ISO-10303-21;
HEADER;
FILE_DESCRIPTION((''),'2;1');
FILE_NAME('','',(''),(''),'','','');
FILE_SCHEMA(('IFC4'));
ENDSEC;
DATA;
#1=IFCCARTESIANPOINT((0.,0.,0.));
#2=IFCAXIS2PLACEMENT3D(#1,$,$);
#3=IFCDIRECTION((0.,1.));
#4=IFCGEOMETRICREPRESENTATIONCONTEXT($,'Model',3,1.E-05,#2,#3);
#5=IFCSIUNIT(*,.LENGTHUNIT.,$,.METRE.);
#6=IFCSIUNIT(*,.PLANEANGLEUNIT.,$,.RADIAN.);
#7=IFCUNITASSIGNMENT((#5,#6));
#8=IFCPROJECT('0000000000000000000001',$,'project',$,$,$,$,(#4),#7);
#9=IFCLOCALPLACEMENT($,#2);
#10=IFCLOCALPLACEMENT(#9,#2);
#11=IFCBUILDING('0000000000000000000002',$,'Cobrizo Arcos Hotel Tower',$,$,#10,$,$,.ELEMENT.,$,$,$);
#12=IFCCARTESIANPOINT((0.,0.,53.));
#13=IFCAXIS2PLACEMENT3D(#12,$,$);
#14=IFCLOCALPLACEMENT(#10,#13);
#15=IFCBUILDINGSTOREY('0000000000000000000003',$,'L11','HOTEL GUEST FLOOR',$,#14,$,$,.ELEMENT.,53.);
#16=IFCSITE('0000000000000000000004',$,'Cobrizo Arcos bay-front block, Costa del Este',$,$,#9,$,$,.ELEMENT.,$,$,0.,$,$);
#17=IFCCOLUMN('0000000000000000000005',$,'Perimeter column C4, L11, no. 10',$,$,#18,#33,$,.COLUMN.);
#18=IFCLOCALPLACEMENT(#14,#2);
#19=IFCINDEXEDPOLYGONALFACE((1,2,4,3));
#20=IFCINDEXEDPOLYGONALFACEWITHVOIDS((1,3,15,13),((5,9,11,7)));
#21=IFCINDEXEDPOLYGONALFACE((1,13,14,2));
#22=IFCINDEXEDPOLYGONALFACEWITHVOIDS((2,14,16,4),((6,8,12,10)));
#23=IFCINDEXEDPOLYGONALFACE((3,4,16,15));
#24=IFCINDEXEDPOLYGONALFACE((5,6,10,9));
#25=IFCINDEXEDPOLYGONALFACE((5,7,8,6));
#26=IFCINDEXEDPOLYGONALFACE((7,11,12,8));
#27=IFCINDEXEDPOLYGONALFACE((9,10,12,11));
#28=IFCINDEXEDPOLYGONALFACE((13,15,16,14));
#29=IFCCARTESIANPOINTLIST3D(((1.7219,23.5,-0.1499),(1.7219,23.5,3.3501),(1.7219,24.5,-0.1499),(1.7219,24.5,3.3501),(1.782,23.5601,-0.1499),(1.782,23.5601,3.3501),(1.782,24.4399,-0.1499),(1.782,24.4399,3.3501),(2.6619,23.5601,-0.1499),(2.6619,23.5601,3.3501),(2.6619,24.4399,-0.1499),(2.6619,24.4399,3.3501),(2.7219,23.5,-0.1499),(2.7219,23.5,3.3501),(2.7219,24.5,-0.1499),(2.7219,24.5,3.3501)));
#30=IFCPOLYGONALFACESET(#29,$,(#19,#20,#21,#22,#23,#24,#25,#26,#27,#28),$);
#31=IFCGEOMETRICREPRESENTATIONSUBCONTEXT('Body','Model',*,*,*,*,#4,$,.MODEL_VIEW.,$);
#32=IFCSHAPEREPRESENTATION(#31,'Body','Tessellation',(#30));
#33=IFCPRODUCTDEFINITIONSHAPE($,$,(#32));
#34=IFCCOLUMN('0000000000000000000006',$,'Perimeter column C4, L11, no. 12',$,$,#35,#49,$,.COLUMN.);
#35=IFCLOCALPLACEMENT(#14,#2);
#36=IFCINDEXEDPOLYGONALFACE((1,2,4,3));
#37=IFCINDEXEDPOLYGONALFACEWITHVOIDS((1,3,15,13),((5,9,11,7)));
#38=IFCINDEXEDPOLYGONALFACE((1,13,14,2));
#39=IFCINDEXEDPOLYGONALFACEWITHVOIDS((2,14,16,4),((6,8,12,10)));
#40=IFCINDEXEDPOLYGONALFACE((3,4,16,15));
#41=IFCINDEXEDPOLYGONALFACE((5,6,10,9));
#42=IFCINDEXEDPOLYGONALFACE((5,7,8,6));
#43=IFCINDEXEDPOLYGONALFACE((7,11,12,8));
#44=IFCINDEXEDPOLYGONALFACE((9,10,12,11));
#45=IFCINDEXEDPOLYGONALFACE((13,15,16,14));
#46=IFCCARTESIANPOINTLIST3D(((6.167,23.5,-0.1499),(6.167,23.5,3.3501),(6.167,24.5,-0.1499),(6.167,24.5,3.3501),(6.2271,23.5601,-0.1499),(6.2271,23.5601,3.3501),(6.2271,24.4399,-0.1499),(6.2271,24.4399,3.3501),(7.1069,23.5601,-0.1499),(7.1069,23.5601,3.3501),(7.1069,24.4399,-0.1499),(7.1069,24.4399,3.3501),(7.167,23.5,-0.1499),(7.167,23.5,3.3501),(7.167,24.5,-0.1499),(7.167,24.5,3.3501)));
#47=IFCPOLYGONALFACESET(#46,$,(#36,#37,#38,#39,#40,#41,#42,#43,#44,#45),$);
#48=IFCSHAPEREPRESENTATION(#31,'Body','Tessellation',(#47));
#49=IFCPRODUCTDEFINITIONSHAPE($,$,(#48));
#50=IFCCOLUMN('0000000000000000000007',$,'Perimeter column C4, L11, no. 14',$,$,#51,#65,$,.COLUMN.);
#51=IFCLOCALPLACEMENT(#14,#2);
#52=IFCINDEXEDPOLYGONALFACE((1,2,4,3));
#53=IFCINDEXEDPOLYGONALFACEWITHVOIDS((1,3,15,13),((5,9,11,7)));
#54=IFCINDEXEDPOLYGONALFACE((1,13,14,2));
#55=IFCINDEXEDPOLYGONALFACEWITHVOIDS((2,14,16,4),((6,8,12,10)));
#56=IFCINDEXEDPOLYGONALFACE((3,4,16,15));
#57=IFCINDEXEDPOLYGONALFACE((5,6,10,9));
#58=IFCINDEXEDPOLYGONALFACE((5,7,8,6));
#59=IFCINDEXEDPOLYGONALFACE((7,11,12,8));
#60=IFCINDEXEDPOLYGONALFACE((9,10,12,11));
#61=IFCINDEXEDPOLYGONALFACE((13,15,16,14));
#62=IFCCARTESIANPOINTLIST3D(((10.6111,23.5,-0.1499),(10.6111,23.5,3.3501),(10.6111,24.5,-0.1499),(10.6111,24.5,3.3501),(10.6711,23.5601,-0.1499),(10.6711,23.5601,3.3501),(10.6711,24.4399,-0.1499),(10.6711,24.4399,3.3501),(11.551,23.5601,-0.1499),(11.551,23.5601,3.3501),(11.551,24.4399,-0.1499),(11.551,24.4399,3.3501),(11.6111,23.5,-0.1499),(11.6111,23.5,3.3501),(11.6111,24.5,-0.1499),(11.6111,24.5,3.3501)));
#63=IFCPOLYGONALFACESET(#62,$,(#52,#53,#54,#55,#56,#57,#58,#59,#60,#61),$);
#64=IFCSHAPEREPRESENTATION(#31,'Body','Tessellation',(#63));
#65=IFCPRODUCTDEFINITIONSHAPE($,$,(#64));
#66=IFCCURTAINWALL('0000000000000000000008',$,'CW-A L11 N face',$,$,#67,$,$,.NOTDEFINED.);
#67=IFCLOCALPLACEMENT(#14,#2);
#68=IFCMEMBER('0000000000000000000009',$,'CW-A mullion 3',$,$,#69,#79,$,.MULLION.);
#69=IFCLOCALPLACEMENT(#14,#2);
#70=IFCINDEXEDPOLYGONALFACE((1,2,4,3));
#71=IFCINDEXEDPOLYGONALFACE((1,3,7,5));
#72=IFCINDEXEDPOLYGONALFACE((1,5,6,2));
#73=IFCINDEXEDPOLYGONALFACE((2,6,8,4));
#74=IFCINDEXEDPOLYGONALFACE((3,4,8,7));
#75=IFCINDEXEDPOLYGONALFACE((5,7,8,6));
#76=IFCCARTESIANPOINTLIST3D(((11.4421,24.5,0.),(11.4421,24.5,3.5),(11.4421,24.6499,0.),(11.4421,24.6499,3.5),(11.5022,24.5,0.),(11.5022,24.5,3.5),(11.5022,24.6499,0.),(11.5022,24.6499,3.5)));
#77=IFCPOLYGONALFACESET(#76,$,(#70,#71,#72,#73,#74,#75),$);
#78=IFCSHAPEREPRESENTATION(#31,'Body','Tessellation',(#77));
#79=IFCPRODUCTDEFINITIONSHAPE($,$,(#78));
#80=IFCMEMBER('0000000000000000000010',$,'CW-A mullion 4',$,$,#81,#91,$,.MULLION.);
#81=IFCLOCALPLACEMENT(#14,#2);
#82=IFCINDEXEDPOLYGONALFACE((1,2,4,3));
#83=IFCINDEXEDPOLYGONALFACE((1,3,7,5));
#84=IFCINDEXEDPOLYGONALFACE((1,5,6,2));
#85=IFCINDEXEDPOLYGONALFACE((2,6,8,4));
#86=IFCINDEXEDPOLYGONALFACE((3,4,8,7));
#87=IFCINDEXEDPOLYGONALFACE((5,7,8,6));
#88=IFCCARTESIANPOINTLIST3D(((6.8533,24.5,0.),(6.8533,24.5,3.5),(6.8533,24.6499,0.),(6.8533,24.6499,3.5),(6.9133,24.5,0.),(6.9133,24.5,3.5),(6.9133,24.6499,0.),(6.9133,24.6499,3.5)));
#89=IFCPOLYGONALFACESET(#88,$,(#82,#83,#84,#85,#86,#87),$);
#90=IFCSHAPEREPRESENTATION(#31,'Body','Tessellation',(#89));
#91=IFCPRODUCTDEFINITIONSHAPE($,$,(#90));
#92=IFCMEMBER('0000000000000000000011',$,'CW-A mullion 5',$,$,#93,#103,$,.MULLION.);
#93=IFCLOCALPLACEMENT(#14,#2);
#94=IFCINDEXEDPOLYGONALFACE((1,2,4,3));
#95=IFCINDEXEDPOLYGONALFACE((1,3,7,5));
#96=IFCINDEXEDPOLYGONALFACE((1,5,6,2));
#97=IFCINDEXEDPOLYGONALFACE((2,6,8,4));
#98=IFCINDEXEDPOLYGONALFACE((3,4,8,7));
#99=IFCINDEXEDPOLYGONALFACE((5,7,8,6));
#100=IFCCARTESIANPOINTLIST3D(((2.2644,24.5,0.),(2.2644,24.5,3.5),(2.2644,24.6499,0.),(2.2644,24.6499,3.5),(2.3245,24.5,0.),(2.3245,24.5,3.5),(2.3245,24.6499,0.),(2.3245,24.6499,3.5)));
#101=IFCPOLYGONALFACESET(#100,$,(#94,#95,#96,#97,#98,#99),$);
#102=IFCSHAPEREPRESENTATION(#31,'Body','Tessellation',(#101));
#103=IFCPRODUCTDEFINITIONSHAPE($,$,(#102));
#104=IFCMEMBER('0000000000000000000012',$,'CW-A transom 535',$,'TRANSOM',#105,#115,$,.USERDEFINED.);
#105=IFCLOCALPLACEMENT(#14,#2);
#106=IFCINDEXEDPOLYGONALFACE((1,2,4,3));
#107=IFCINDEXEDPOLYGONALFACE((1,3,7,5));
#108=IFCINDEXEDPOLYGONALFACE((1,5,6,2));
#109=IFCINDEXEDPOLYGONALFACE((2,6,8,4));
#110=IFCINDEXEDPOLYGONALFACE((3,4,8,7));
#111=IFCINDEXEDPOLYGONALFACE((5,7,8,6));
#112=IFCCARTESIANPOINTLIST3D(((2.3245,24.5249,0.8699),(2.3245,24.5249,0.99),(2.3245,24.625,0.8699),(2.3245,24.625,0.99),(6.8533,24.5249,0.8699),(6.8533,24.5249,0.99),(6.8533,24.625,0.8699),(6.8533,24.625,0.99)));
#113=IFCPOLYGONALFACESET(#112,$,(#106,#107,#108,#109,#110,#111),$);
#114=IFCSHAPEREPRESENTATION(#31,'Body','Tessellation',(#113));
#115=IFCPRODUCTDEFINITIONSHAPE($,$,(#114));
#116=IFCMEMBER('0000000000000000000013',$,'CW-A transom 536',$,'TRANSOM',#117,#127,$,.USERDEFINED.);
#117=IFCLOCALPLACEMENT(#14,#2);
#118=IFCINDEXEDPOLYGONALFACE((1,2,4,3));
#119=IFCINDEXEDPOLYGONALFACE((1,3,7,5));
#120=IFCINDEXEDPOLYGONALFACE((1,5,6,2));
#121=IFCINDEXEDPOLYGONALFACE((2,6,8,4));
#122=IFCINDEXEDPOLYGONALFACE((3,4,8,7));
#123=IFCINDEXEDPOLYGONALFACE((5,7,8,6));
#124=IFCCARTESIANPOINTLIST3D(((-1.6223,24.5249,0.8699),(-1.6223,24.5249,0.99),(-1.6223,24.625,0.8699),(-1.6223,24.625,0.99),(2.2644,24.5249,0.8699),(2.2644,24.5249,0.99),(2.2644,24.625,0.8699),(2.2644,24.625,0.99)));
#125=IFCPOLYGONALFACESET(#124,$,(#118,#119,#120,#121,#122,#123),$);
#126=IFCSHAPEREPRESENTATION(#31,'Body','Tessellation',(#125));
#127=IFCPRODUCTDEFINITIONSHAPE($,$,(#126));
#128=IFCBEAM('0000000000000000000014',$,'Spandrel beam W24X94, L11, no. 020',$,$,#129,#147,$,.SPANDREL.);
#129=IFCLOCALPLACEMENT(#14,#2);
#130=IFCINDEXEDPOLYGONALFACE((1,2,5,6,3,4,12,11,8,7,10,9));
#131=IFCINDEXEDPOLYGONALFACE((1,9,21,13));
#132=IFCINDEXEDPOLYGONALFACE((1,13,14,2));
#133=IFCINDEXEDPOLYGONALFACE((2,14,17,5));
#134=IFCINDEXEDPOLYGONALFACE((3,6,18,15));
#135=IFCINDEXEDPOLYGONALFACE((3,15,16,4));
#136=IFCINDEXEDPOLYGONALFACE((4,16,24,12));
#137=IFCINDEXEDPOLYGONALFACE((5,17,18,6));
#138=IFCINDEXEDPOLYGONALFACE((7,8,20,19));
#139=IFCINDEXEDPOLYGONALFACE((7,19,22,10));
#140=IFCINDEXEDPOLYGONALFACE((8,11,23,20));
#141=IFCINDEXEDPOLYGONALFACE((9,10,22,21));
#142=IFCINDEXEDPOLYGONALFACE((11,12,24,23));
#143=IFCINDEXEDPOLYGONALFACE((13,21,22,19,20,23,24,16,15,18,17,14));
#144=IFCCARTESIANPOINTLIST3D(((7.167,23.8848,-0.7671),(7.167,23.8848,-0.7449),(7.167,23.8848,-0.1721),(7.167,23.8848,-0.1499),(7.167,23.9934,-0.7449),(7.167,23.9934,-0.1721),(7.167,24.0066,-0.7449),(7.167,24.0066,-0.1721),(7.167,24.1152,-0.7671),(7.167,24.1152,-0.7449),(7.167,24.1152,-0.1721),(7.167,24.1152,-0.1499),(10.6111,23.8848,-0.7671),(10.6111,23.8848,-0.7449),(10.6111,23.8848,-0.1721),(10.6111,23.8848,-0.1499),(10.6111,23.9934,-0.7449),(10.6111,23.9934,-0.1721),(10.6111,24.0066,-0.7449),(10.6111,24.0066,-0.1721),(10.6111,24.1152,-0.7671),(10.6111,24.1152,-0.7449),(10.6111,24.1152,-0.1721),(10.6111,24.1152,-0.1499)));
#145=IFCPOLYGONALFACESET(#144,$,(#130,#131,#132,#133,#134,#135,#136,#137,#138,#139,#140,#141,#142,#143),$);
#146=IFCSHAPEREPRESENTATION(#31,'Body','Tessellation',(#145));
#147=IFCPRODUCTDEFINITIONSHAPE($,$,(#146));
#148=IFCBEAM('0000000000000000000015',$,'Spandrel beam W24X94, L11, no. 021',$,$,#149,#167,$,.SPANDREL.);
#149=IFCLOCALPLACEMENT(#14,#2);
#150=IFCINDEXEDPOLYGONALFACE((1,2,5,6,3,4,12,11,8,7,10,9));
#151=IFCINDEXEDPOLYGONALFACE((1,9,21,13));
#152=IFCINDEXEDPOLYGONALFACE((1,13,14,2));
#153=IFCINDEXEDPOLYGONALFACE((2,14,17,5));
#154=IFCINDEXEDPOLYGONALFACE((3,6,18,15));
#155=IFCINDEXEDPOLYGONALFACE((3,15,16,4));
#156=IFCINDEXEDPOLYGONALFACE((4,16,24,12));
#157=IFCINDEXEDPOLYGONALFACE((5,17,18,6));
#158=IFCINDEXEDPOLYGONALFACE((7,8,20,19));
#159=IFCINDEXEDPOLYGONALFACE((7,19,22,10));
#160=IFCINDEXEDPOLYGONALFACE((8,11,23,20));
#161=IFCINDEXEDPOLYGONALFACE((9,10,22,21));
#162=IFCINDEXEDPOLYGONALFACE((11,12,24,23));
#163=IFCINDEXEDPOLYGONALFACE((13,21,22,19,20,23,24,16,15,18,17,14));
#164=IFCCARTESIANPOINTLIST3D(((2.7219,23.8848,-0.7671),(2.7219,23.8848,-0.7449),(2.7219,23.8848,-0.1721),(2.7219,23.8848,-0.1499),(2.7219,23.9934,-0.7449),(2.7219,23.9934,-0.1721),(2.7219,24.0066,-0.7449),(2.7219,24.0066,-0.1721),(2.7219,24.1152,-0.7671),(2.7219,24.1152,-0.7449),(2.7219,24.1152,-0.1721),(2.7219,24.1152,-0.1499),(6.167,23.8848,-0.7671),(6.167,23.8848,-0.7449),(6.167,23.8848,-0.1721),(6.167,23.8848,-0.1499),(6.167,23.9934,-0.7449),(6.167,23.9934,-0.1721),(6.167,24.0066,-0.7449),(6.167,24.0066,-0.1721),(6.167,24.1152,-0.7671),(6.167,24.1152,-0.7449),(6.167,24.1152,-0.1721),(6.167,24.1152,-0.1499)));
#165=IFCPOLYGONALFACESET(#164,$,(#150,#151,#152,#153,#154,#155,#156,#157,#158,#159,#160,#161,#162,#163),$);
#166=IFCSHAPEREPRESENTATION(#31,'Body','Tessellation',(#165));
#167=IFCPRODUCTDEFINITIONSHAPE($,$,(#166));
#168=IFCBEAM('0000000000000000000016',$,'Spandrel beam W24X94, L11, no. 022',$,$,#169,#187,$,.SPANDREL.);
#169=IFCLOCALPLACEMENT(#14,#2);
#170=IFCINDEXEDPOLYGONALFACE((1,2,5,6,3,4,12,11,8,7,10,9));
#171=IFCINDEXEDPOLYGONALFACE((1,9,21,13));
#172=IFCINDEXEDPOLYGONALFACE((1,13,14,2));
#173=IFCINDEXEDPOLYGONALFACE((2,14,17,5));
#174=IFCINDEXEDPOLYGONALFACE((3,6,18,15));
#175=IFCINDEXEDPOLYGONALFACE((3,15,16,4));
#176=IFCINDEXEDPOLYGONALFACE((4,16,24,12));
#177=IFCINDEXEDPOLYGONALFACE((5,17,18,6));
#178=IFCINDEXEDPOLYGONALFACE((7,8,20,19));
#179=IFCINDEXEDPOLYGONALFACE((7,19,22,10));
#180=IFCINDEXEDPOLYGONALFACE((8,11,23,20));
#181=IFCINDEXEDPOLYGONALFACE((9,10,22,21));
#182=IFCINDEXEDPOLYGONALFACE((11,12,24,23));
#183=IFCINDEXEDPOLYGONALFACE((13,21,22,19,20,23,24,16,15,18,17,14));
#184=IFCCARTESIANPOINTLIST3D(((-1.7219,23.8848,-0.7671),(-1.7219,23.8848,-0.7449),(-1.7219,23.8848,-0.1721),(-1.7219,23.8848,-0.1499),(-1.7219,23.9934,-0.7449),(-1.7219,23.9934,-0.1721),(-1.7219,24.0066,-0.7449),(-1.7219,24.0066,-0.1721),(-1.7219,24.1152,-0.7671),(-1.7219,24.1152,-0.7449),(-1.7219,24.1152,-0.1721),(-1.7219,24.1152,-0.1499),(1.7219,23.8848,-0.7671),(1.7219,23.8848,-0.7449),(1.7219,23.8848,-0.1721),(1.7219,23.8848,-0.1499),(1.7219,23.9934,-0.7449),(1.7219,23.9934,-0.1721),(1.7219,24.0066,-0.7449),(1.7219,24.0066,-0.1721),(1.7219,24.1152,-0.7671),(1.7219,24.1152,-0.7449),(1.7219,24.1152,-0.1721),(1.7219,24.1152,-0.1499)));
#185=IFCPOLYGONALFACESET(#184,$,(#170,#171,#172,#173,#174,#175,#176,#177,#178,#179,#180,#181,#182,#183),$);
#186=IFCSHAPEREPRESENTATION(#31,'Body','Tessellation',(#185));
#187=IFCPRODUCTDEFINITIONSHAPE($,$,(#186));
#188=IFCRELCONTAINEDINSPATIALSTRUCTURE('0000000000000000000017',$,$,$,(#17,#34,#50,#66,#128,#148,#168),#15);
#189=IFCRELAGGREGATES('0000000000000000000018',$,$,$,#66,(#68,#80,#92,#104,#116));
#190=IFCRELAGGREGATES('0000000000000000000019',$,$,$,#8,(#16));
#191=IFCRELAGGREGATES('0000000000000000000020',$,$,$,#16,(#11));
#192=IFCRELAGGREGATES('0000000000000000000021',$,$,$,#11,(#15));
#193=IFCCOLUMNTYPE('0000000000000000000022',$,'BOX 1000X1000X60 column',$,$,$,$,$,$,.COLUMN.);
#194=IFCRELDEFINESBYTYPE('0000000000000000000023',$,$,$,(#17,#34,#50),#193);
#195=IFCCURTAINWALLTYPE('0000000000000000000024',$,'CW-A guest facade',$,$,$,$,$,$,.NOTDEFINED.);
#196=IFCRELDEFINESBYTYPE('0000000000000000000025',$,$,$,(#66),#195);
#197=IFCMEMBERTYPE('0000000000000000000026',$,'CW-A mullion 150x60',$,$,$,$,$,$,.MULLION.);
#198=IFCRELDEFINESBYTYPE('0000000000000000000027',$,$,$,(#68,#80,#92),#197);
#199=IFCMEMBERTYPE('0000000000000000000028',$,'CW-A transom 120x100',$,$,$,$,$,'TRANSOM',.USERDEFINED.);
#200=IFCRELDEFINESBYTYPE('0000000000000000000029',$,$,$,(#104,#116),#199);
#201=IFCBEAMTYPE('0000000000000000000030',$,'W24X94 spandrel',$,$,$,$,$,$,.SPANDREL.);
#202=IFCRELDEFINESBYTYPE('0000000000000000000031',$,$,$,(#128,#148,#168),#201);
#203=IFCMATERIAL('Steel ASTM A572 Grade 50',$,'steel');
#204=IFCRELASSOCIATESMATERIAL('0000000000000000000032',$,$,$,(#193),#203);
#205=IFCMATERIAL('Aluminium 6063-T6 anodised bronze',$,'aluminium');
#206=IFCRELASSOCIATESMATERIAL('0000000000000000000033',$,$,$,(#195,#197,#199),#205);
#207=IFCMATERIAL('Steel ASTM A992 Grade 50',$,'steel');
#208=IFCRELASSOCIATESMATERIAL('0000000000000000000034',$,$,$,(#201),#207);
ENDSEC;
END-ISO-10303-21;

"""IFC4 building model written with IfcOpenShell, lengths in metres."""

from ifc_helpers import new_model, si_unit, direction, frame, origin, origin_2d, place, context, subcontext, project, spatial, rectangle, hollow_rectangle, i_section, extrude, material, material_profile, profile_set, type_object, element, aggregate, save


model = new_model("IFC4")

# Units and contexts
model_context = context("Model", 3, precision=1e-05, world=origin(), true_north=direction((0.0, 1.0)))
body_context = subcontext(model_context, "Body", "Model", "MODEL_VIEW")
ifc_project = project(units=[si_unit("LENGTHUNIT", "METRE"), si_unit("PLANEANGLEUNIT", "RADIAN")], contexts=[model_context])

# Site, building, storey
site_placement = place(None, origin())
site = spatial("IfcSite", under=ifc_project, at=site_placement, Name="Cobrizo Arcos bay-front block, Costa del Este", CompositionType="ELEMENT", RefElevation=0.0)
building_placement = place(site_placement, origin())
building = spatial("IfcBuilding", under=site, at=building_placement, Name="Cobrizo Arcos Hotel Tower", CompositionType="ELEMENT")
storey_placement = place(building_placement, frame((0.0, 0.0, 53.0)))
storey = spatial("IfcBuildingStorey", under=building, at=storey_placement, Name="L11", Description="HOTEL GUEST FLOOR", CompositionType="ELEMENT", Elevation=53.0)

# Columns
ifc_material_1 = material(Name="Steel ASTM A572 Grade 50", Category="steel")
ifc_material_profile_1 = material_profile(ifc_material_1, hollow_rectangle(XDim=1.0, YDim=1.0, WallThickness=0.0601, at=origin_2d()), Name="BOX 1000X1000X60")
ifc_profile_set_1 = profile_set([ifc_material_profile_1], Name="Steel ASTM A572 Grade 50")
column_type = type_object("IfcColumnType", Name="BOX 1000X1000X60 column", PredefinedType="COLUMN", material=ifc_profile_set_1)
for number, where, z_axis, x_axis, name in (
    (1, (2.2219, 24.0, -0.1499), (0.0, 0.0, 1.0), (1.0, 0.0, 0.0), "Perimeter column C4, L11, no. 10"),
    (2, (6.667, 24.0, -0.1499), (0.0, 0.0, 1.0), (1.0, 0.0, 0.0), "Perimeter column C4, L11, no. 12"),
    (3, (11.1111, 24.0, -0.1499), (0.0, 0.0, 1.0), (1.0, 0.0, 0.0), "Perimeter column C4, L11, no. 14"),
):
    element("IfcColumn", number, at=place(storey_placement, frame(where, z_axis=z_axis, x_axis=x_axis)), inside=storey, type_object=column_type, Name=name, PredefinedType="COLUMN", context=body_context, shape_type="SweptSolid", body=[
        extrude(hollow_rectangle(XDim=1.0, YDim=1.0, WallThickness=0.0601, at=origin_2d()), origin(), (0.0, 0.0, 1.0), 3.5),
    ])

# Curtain wall, members
ifc_material_2 = material(Name="Aluminium 6063-T6 anodised bronze", Category="aluminium")
curtain_wall_type = type_object("IfcCurtainWallType", Name="CW-A guest facade", PredefinedType="NOTDEFINED", material=ifc_material_2)
curtain_wall_placement = place(storey_placement, origin())
curtain_wall = element("IfcCurtainWall", 4, at=curtain_wall_placement, inside=storey, type_object=curtain_wall_type, Name="CW-A L11 N face", PredefinedType="NOTDEFINED")
ifc_material_profile_2 = material_profile(ifc_material_2, rectangle(XDim=0.1499, YDim=0.0601, at=origin_2d()), Name="CW-A mullion 150x60")
ifc_profile_set_2 = profile_set([ifc_material_profile_2], Name="Aluminium 6063-T6 anodised bronze")
member_type_1 = type_object("IfcMemberType", Name="CW-A mullion 150x60", PredefinedType="MULLION", material=ifc_profile_set_2)
member_1_placement = place(storey_placement, frame((11.4722, 24.575, 0.0), z_axis=(0.0, 0.0, 1.0), x_axis=(0.0, 1.0, 0.0)))
member_1 = element("IfcMember", 5, at=member_1_placement, type_object=member_type_1, Name="CW-A mullion 3", PredefinedType="MULLION", context=body_context, shape_type="SweptSolid", body=[
    extrude(rectangle(XDim=0.1499, YDim=0.0601, at=origin_2d()), origin(), (0.0, 0.0, 1.0), 3.5),
])
member_2_placement = place(storey_placement, frame((6.8833, 24.575, 0.0), z_axis=(0.0, 0.0, 1.0), x_axis=(0.0, 1.0, 0.0)))
member_2 = element("IfcMember", 6, at=member_2_placement, type_object=member_type_1, Name="CW-A mullion 4", PredefinedType="MULLION", context=body_context, shape_type="SweptSolid", body=[
    extrude(rectangle(XDim=0.1499, YDim=0.0601, at=origin_2d()), origin(), (0.0, 0.0, 1.0), 3.5),
])
member_3_placement = place(storey_placement, frame((2.2944, 24.575, 0.0), z_axis=(0.0, 0.0, 1.0), x_axis=(0.0, 1.0, 0.0)))
member_3 = element("IfcMember", 7, at=member_3_placement, type_object=member_type_1, Name="CW-A mullion 5", PredefinedType="MULLION", context=body_context, shape_type="SweptSolid", body=[
    extrude(rectangle(XDim=0.1499, YDim=0.0601, at=origin_2d()), origin(), (0.0, 0.0, 1.0), 3.5),
])
ifc_material_profile_3 = material_profile(ifc_material_2, rectangle(XDim=0.1001, YDim=0.1201, at=origin_2d()), Name="CW-A transom 120x100")
ifc_profile_set_3 = profile_set([ifc_material_profile_3], Name="Aluminium 6063-T6 anodised bronze")
member_type_2 = type_object("IfcMemberType", Name="CW-A transom 120x100", ElementType="TRANSOM", PredefinedType="USERDEFINED", material=ifc_profile_set_3)
member_4_placement = place(storey_placement, frame((6.8533, 24.575, 0.9299), z_axis=(-1.0, 0.0, 0.0), x_axis=(0.0, -1.0, 0.0)))
member_4 = element("IfcMember", 8, at=member_4_placement, type_object=member_type_2, Name="CW-A transom 535", ObjectType="TRANSOM", PredefinedType="USERDEFINED", context=body_context, shape_type="SweptSolid", body=[
    extrude(rectangle(XDim=0.1001, YDim=0.1201, at=origin_2d()), origin(), (0.0, 0.0, 1.0), 4.5288),
])
member_5_placement = place(storey_placement, frame((2.2644, 24.575, 0.9299), z_axis=(-1.0, 0.0, 0.0), x_axis=(0.0, -1.0, 0.0)))
member_5 = element("IfcMember", 9, at=member_5_placement, type_object=member_type_2, Name="CW-A transom 536", ObjectType="TRANSOM", PredefinedType="USERDEFINED", context=body_context, shape_type="SweptSolid", body=[
    extrude(rectangle(XDim=0.1001, YDim=0.1201, at=origin_2d()), origin(), (0.0, 0.0, 1.0), 3.8867),
])

# Beams
ifc_material_3 = material(Name="Steel ASTM A992 Grade 50", Category="steel")
ifc_material_profile_4 = material_profile(ifc_material_3, i_section(OverallWidth=0.2305, OverallDepth=0.6172, WebThickness=0.0132, FlangeThickness=0.0222, at=origin_2d()), Name="W24X94")
ifc_profile_set_4 = profile_set([ifc_material_profile_4], Name="Steel ASTM A992 Grade 50")
beam_type = type_object("IfcBeamType", Name="W24X94 spandrel", PredefinedType="SPANDREL", material=ifc_profile_set_4)
beam_1_placement = place(storey_placement, frame((10.6111, 24.0, -0.4585), z_axis=(-1.0, 0.0, 0.0), x_axis=(0.0, -1.0, 0.0)))
element("IfcBeam", 10, at=beam_1_placement, inside=storey, type_object=beam_type, Name="Spandrel beam W24X94, L11, no. 020", PredefinedType="SPANDREL", context=body_context, shape_type="SweptSolid", body=[
    extrude(i_section(OverallWidth=0.2305, OverallDepth=0.6172, WebThickness=0.0132, FlangeThickness=0.0222, at=origin_2d()), origin(), (0.0, 0.0, 1.0), 3.4441),
])
beam_2_placement = place(storey_placement, frame((6.167, 24.0, -0.4585), z_axis=(-1.0, 0.0, 0.0), x_axis=(0.0, -1.0, 0.0)))
element("IfcBeam", 11, at=beam_2_placement, inside=storey, type_object=beam_type, Name="Spandrel beam W24X94, L11, no. 021", PredefinedType="SPANDREL", context=body_context, shape_type="SweptSolid", body=[
    extrude(i_section(OverallWidth=0.2305, OverallDepth=0.6172, WebThickness=0.0132, FlangeThickness=0.0222, at=origin_2d()), origin(), (0.0, 0.0, 1.0), 3.4451),
])
beam_3_placement = place(storey_placement, frame((1.7219, 24.0, -0.4585), z_axis=(-1.0, 0.0, 0.0), x_axis=(0.0, -1.0, 0.0)))
element("IfcBeam", 12, at=beam_3_placement, inside=storey, type_object=beam_type, Name="Spandrel beam W24X94, L11, no. 022", PredefinedType="SPANDREL", context=body_context, shape_type="SweptSolid", body=[
    extrude(i_section(OverallWidth=0.2305, OverallDepth=0.6172, WebThickness=0.0132, FlangeThickness=0.0222, at=origin_2d()), origin(), (0.0, 0.0, 1.0), 3.4438),
])

aggregate(curtain_wall, [member_1, member_2, member_3, member_4, member_5])

save(model, "model.ifc")
